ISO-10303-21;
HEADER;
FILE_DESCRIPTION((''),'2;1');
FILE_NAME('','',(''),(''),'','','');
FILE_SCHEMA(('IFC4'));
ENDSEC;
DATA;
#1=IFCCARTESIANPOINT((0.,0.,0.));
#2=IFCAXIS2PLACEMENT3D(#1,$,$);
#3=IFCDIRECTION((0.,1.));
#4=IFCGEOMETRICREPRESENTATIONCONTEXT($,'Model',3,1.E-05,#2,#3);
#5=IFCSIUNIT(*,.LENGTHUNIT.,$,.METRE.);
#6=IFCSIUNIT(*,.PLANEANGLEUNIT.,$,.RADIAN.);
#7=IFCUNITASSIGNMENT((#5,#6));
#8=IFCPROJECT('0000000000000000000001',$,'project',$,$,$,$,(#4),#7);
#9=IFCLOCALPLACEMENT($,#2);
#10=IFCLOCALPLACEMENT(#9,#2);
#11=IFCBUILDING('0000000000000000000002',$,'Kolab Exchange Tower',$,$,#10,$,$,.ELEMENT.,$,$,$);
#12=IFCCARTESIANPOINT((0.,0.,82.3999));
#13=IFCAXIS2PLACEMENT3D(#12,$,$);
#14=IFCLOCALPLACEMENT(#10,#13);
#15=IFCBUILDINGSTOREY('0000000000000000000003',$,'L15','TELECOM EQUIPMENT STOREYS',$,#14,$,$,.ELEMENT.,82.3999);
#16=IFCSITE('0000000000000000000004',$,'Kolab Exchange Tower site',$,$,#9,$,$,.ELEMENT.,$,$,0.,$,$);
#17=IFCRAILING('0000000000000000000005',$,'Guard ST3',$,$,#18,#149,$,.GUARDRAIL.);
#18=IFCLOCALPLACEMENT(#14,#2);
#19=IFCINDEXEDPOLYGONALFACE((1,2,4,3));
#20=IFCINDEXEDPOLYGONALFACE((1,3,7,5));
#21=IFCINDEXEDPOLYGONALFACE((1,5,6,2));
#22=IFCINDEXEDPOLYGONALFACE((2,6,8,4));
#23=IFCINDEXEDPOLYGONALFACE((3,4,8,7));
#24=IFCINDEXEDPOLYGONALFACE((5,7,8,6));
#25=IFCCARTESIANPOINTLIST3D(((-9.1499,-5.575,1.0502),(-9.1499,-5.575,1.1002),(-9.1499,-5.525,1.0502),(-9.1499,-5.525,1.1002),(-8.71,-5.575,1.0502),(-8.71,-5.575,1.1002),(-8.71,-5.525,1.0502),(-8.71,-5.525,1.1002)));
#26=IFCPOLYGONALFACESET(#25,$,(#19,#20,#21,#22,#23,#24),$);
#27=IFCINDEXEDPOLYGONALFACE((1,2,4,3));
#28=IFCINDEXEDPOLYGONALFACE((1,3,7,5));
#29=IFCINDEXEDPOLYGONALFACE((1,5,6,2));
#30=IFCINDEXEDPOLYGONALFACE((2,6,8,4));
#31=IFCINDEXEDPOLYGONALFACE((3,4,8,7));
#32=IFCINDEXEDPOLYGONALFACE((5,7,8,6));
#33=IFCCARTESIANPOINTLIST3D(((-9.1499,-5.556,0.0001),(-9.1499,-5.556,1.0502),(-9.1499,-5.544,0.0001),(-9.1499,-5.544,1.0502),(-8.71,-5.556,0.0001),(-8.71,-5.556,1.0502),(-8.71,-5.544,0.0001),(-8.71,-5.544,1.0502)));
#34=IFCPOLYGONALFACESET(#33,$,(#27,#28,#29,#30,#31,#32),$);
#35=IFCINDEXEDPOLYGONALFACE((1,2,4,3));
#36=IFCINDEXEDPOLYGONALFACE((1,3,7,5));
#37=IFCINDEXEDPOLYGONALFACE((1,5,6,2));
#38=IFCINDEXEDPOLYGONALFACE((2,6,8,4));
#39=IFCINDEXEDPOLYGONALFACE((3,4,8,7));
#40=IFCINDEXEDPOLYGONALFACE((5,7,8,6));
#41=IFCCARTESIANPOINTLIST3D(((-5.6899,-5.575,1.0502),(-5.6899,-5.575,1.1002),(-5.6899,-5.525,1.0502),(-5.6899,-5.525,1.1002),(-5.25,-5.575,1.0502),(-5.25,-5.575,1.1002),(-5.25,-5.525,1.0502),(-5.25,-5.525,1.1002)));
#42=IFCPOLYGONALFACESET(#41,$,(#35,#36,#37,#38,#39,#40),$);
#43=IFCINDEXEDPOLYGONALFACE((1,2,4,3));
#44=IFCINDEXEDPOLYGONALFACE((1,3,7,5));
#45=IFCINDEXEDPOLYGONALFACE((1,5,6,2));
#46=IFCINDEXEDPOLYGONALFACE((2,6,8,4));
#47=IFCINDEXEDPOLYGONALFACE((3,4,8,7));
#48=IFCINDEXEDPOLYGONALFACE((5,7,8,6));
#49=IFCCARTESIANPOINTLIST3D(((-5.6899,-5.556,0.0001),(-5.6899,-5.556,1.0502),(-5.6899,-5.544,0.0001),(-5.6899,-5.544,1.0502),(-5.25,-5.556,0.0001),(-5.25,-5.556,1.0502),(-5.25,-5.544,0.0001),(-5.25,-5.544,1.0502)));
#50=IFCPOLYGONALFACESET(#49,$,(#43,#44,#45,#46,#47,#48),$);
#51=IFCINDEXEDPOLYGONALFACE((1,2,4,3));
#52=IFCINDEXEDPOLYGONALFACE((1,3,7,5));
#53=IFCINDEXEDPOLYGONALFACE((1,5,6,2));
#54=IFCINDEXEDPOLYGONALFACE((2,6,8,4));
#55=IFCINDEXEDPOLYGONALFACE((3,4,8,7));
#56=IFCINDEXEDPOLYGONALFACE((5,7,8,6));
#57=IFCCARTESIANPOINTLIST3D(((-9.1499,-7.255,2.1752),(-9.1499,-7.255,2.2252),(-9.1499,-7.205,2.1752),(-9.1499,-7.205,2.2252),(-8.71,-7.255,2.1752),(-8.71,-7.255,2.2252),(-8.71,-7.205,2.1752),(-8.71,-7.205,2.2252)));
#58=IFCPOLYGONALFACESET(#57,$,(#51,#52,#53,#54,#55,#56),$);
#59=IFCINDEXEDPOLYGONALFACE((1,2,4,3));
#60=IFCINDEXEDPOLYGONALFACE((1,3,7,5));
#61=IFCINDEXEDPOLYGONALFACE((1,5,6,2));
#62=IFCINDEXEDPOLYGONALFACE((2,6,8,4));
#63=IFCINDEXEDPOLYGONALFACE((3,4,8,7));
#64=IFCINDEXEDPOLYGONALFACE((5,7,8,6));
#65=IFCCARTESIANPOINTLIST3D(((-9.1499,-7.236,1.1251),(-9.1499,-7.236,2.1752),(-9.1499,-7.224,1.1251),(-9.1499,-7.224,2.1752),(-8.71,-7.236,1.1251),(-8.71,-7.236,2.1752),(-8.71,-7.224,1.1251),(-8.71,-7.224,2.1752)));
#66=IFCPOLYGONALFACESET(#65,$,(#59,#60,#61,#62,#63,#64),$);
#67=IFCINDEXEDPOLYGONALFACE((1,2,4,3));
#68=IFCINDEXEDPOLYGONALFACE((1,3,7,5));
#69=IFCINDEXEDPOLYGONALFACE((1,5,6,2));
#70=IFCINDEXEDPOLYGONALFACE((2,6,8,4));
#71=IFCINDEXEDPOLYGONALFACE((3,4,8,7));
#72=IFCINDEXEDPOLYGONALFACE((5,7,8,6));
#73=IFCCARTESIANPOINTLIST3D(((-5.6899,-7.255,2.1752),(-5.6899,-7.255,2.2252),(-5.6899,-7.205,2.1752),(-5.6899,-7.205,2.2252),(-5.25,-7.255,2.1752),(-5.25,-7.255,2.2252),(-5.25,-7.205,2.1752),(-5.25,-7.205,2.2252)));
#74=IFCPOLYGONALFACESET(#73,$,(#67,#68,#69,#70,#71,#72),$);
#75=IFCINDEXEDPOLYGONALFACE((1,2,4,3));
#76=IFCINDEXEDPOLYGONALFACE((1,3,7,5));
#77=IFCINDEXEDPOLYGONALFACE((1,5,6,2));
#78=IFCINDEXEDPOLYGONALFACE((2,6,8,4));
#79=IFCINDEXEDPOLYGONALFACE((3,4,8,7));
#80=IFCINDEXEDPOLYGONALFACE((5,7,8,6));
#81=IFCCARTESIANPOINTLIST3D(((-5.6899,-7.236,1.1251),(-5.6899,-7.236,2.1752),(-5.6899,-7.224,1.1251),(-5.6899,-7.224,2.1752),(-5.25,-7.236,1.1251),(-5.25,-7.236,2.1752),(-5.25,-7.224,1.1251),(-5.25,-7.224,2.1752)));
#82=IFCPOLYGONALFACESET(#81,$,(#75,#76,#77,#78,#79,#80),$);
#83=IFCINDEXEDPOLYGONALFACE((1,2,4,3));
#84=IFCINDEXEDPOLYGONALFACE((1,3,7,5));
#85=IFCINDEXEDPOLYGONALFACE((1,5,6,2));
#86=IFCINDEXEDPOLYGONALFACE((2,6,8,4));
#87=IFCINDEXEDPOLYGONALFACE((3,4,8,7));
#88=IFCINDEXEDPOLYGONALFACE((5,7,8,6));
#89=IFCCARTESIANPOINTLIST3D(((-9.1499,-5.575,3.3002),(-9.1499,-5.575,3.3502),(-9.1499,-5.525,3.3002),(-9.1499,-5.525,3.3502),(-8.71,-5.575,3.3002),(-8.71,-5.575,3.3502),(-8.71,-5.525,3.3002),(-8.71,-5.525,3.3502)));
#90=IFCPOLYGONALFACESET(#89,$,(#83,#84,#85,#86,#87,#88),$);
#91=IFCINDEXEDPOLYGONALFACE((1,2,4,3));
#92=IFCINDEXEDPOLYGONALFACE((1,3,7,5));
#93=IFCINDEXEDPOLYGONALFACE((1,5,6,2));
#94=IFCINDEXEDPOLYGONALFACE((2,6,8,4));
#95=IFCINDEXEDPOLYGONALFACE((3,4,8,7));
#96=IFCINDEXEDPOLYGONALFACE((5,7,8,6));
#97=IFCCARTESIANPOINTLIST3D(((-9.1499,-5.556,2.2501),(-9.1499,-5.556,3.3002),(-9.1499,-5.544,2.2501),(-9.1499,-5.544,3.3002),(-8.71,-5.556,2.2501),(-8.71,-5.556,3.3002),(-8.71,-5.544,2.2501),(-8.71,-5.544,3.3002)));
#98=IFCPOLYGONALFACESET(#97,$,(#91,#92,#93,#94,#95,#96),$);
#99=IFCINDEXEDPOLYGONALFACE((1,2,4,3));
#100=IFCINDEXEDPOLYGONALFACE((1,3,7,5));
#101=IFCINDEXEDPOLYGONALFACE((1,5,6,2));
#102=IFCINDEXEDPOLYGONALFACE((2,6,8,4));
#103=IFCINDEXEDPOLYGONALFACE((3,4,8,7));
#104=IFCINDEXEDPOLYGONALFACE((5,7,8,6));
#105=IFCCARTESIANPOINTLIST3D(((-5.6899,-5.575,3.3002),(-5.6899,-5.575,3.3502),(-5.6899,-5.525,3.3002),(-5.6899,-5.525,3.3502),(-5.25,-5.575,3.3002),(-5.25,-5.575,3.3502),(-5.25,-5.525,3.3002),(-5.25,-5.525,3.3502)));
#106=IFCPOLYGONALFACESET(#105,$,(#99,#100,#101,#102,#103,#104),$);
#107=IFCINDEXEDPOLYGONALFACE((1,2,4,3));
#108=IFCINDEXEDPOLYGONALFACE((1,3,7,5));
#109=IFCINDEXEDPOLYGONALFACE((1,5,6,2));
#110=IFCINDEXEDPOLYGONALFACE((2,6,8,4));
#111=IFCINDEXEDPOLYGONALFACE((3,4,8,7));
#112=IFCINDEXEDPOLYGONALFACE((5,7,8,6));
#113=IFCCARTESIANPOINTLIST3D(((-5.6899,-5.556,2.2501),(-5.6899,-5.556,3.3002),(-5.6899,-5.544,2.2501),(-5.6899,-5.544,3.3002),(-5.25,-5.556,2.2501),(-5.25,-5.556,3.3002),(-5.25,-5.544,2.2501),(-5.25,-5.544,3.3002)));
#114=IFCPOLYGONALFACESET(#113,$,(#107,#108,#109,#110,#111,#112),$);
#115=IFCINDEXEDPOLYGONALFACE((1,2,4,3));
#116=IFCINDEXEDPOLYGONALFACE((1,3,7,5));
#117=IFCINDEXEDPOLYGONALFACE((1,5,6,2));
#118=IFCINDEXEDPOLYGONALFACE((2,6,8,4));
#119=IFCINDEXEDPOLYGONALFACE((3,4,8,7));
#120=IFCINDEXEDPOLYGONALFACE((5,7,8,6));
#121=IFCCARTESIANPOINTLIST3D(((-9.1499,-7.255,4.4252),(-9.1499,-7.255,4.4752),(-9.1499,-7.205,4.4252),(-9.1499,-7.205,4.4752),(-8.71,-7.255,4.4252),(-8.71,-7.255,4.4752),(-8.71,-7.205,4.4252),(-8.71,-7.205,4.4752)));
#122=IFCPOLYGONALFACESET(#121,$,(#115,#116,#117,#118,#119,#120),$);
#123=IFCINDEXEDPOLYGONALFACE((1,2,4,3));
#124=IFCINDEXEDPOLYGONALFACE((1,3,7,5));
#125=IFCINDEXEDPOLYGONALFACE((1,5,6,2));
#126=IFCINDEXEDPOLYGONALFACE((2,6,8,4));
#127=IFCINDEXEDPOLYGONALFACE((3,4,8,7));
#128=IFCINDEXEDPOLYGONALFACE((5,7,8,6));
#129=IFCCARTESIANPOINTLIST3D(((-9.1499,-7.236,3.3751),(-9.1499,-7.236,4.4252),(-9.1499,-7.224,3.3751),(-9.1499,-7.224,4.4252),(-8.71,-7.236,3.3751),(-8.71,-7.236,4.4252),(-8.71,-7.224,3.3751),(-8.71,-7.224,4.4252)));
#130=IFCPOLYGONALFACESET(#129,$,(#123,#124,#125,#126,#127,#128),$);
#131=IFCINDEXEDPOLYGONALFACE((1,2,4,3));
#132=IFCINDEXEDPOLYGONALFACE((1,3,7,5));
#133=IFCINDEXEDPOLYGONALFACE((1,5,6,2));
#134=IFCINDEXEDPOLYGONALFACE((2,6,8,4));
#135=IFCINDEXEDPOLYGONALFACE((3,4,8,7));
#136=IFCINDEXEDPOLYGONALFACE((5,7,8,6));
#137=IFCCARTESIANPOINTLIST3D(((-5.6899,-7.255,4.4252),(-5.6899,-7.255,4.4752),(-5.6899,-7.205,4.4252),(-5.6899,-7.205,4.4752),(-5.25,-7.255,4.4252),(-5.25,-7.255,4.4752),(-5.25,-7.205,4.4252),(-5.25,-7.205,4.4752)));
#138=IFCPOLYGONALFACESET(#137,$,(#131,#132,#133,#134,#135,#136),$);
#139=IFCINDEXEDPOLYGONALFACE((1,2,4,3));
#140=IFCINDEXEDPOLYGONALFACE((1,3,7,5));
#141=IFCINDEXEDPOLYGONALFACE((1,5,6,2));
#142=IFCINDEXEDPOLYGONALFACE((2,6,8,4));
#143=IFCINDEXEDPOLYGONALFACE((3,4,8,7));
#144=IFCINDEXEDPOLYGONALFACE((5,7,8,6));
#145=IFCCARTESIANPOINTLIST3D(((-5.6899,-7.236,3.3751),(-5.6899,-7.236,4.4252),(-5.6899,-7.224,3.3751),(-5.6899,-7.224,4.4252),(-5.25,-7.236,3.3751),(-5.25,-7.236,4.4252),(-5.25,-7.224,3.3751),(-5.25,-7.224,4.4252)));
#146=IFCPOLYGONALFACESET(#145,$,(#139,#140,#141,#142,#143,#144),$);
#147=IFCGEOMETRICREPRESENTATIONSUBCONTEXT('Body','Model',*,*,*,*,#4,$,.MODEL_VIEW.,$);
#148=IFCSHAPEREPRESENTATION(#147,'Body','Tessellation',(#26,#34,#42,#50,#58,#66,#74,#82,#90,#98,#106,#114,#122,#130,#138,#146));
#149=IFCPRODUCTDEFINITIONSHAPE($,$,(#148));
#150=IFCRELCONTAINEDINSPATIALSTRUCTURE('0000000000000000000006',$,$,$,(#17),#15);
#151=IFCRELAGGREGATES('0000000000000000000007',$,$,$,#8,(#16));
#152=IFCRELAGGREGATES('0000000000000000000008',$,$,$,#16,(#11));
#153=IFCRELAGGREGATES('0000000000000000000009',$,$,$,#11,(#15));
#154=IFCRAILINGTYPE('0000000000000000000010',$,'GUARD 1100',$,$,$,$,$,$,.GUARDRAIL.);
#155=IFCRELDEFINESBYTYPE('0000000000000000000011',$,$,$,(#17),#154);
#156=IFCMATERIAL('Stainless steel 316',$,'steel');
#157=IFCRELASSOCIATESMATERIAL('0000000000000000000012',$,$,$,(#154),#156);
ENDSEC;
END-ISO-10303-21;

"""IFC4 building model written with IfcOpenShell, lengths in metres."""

from ifc_helpers import new_model, si_unit, direction, frame, frame_2d, origin, origin_2d, place, context, subcontext, project, spatial, rectangle, extrude, material, type_object, element, save


model = new_model("IFC4")

# Units and contexts
model_context = context("Model", 3, precision=1e-05, world=origin(), true_north=direction((0.0, 1.0)))
body_context = subcontext(model_context, "Body", "Model", "MODEL_VIEW")
ifc_project = project(units=[si_unit("LENGTHUNIT", "METRE"), si_unit("PLANEANGLEUNIT", "RADIAN")], contexts=[model_context])

# Site, building, storey
site_placement = place(None, origin())
site = spatial("IfcSite", under=ifc_project, at=site_placement, Name="Kolab Exchange Tower site", CompositionType="ELEMENT", RefElevation=0.0)
building_placement = place(site_placement, origin())
building = spatial("IfcBuilding", under=site, at=building_placement, Name="Kolab Exchange Tower", CompositionType="ELEMENT")
storey_placement = place(building_placement, frame((0.0, 0.0, 82.3999)))
storey = spatial("IfcBuildingStorey", under=building, at=storey_placement, Name="L15", Description="TELECOM EQUIPMENT STOREYS", CompositionType="ELEMENT", Elevation=82.3999)

# Shared definitions
ifc_material_1 = material(Name="Stainless steel 316", Category="steel")

# Railing
railing_type = type_object("IfcRailingType", Name="GUARD 1100", PredefinedType="GUARDRAIL", material=ifc_material_1)
railing_placement = place(storey_placement, frame((-9.1499, -5.55, 0.0)))
element("IfcRailing", 1, at=railing_placement, inside=storey, type_object=railing_type, Name="Guard ST3", PredefinedType="GUARDRAIL", context=body_context, shape_type="SweptSolid", body=[
    extrude(rectangle(XDim=0.05, YDim=0.05, at=origin_2d()), frame((0.0, 0.0, 1.0752), z_axis=(1.0, 0.0, 0.0), x_axis=(0.0, 1.0, 0.0)), (0.0, 0.0, 1.0), 0.4399),
    extrude(rectangle(XDim=0.012, YDim=1.0501, at=frame_2d((0.0, 0.5251))), frame((0.0, 0.0, 0.0), z_axis=(1.0, 0.0, 0.0), x_axis=(0.0, 1.0, 0.0)), (0.0, 0.0, 1.0), 0.4399),
    extrude(rectangle(XDim=0.05, YDim=0.05, at=origin_2d()), frame((3.46, 0.0, 1.0752), z_axis=(1.0, 0.0, 0.0), x_axis=(0.0, 1.0, 0.0)), (0.0, 0.0, 1.0), 0.4399),
    extrude(rectangle(XDim=0.012, YDim=1.0501, at=frame_2d((0.0, 0.5251))), frame((3.46, 0.0, 0.0), z_axis=(1.0, 0.0, 0.0), x_axis=(0.0, 1.0, 0.0)), (0.0, 0.0, 1.0), 0.4399),
    extrude(rectangle(XDim=0.05, YDim=0.05, at=origin_2d()), frame((0.0, -1.6799, 2.2002), z_axis=(1.0, 0.0, 0.0), x_axis=(0.0, 1.0, 0.0)), (0.0, 0.0, 1.0), 0.4399),
    extrude(rectangle(XDim=0.012, YDim=1.0501, at=frame_2d((0.0, 0.5251))), frame((0.0, -1.6799, 1.125), z_axis=(1.0, 0.0, 0.0), x_axis=(0.0, 1.0, 0.0)), (0.0, 0.0, 1.0), 0.4399),
    extrude(rectangle(XDim=0.05, YDim=0.05, at=origin_2d()), frame((3.46, -1.6799, 2.2002), z_axis=(1.0, 0.0, 0.0), x_axis=(0.0, 1.0, 0.0)), (0.0, 0.0, 1.0), 0.4399),
    extrude(rectangle(XDim=0.012, YDim=1.0501, at=frame_2d((0.0, 0.5251))), frame((3.46, -1.6799, 1.125), z_axis=(1.0, 0.0, 0.0), x_axis=(0.0, 1.0, 0.0)), (0.0, 0.0, 1.0), 0.4399),
    extrude(rectangle(XDim=0.05, YDim=0.05, at=origin_2d()), frame((0.0, 0.0, 3.3252), z_axis=(1.0, 0.0, 0.0), x_axis=(0.0, 1.0, 0.0)), (0.0, 0.0, 1.0), 0.4399),
    extrude(rectangle(XDim=0.012, YDim=1.0501, at=frame_2d((0.0, 0.5251))), frame((0.0, 0.0, 2.25), z_axis=(1.0, 0.0, 0.0), x_axis=(0.0, 1.0, 0.0)), (0.0, 0.0, 1.0), 0.4399),
    extrude(rectangle(XDim=0.05, YDim=0.05, at=origin_2d()), frame((3.46, 0.0, 3.3252), z_axis=(1.0, 0.0, 0.0), x_axis=(0.0, 1.0, 0.0)), (0.0, 0.0, 1.0), 0.4399),
    extrude(rectangle(XDim=0.012, YDim=1.0501, at=frame_2d((0.0, 0.5251))), frame((3.46, 0.0, 2.25), z_axis=(1.0, 0.0, 0.0), x_axis=(0.0, 1.0, 0.0)), (0.0, 0.0, 1.0), 0.4399),
    extrude(rectangle(XDim=0.05, YDim=0.05, at=origin_2d()), frame((0.0, -1.6799, 4.4502), z_axis=(1.0, 0.0, 0.0), x_axis=(0.0, 1.0, 0.0)), (0.0, 0.0, 1.0), 0.4399),
    extrude(rectangle(XDim=0.012, YDim=1.0501, at=frame_2d((0.0, 0.5251))), frame((0.0, -1.6799, 3.375), z_axis=(1.0, 0.0, 0.0), x_axis=(0.0, 1.0, 0.0)), (0.0, 0.0, 1.0), 0.4399),
    extrude(rectangle(XDim=0.05, YDim=0.05, at=origin_2d()), frame((3.46, -1.6799, 4.4502), z_axis=(1.0, 0.0, 0.0), x_axis=(0.0, 1.0, 0.0)), (0.0, 0.0, 1.0), 0.4399),
    extrude(rectangle(XDim=0.012, YDim=1.0501, at=frame_2d((0.0, 0.5251))), frame((3.46, -1.6799, 3.375), z_axis=(1.0, 0.0, 0.0), x_axis=(0.0, 1.0, 0.0)), (0.0, 0.0, 1.0), 0.4399),
])

save(model, "model.ifc")
